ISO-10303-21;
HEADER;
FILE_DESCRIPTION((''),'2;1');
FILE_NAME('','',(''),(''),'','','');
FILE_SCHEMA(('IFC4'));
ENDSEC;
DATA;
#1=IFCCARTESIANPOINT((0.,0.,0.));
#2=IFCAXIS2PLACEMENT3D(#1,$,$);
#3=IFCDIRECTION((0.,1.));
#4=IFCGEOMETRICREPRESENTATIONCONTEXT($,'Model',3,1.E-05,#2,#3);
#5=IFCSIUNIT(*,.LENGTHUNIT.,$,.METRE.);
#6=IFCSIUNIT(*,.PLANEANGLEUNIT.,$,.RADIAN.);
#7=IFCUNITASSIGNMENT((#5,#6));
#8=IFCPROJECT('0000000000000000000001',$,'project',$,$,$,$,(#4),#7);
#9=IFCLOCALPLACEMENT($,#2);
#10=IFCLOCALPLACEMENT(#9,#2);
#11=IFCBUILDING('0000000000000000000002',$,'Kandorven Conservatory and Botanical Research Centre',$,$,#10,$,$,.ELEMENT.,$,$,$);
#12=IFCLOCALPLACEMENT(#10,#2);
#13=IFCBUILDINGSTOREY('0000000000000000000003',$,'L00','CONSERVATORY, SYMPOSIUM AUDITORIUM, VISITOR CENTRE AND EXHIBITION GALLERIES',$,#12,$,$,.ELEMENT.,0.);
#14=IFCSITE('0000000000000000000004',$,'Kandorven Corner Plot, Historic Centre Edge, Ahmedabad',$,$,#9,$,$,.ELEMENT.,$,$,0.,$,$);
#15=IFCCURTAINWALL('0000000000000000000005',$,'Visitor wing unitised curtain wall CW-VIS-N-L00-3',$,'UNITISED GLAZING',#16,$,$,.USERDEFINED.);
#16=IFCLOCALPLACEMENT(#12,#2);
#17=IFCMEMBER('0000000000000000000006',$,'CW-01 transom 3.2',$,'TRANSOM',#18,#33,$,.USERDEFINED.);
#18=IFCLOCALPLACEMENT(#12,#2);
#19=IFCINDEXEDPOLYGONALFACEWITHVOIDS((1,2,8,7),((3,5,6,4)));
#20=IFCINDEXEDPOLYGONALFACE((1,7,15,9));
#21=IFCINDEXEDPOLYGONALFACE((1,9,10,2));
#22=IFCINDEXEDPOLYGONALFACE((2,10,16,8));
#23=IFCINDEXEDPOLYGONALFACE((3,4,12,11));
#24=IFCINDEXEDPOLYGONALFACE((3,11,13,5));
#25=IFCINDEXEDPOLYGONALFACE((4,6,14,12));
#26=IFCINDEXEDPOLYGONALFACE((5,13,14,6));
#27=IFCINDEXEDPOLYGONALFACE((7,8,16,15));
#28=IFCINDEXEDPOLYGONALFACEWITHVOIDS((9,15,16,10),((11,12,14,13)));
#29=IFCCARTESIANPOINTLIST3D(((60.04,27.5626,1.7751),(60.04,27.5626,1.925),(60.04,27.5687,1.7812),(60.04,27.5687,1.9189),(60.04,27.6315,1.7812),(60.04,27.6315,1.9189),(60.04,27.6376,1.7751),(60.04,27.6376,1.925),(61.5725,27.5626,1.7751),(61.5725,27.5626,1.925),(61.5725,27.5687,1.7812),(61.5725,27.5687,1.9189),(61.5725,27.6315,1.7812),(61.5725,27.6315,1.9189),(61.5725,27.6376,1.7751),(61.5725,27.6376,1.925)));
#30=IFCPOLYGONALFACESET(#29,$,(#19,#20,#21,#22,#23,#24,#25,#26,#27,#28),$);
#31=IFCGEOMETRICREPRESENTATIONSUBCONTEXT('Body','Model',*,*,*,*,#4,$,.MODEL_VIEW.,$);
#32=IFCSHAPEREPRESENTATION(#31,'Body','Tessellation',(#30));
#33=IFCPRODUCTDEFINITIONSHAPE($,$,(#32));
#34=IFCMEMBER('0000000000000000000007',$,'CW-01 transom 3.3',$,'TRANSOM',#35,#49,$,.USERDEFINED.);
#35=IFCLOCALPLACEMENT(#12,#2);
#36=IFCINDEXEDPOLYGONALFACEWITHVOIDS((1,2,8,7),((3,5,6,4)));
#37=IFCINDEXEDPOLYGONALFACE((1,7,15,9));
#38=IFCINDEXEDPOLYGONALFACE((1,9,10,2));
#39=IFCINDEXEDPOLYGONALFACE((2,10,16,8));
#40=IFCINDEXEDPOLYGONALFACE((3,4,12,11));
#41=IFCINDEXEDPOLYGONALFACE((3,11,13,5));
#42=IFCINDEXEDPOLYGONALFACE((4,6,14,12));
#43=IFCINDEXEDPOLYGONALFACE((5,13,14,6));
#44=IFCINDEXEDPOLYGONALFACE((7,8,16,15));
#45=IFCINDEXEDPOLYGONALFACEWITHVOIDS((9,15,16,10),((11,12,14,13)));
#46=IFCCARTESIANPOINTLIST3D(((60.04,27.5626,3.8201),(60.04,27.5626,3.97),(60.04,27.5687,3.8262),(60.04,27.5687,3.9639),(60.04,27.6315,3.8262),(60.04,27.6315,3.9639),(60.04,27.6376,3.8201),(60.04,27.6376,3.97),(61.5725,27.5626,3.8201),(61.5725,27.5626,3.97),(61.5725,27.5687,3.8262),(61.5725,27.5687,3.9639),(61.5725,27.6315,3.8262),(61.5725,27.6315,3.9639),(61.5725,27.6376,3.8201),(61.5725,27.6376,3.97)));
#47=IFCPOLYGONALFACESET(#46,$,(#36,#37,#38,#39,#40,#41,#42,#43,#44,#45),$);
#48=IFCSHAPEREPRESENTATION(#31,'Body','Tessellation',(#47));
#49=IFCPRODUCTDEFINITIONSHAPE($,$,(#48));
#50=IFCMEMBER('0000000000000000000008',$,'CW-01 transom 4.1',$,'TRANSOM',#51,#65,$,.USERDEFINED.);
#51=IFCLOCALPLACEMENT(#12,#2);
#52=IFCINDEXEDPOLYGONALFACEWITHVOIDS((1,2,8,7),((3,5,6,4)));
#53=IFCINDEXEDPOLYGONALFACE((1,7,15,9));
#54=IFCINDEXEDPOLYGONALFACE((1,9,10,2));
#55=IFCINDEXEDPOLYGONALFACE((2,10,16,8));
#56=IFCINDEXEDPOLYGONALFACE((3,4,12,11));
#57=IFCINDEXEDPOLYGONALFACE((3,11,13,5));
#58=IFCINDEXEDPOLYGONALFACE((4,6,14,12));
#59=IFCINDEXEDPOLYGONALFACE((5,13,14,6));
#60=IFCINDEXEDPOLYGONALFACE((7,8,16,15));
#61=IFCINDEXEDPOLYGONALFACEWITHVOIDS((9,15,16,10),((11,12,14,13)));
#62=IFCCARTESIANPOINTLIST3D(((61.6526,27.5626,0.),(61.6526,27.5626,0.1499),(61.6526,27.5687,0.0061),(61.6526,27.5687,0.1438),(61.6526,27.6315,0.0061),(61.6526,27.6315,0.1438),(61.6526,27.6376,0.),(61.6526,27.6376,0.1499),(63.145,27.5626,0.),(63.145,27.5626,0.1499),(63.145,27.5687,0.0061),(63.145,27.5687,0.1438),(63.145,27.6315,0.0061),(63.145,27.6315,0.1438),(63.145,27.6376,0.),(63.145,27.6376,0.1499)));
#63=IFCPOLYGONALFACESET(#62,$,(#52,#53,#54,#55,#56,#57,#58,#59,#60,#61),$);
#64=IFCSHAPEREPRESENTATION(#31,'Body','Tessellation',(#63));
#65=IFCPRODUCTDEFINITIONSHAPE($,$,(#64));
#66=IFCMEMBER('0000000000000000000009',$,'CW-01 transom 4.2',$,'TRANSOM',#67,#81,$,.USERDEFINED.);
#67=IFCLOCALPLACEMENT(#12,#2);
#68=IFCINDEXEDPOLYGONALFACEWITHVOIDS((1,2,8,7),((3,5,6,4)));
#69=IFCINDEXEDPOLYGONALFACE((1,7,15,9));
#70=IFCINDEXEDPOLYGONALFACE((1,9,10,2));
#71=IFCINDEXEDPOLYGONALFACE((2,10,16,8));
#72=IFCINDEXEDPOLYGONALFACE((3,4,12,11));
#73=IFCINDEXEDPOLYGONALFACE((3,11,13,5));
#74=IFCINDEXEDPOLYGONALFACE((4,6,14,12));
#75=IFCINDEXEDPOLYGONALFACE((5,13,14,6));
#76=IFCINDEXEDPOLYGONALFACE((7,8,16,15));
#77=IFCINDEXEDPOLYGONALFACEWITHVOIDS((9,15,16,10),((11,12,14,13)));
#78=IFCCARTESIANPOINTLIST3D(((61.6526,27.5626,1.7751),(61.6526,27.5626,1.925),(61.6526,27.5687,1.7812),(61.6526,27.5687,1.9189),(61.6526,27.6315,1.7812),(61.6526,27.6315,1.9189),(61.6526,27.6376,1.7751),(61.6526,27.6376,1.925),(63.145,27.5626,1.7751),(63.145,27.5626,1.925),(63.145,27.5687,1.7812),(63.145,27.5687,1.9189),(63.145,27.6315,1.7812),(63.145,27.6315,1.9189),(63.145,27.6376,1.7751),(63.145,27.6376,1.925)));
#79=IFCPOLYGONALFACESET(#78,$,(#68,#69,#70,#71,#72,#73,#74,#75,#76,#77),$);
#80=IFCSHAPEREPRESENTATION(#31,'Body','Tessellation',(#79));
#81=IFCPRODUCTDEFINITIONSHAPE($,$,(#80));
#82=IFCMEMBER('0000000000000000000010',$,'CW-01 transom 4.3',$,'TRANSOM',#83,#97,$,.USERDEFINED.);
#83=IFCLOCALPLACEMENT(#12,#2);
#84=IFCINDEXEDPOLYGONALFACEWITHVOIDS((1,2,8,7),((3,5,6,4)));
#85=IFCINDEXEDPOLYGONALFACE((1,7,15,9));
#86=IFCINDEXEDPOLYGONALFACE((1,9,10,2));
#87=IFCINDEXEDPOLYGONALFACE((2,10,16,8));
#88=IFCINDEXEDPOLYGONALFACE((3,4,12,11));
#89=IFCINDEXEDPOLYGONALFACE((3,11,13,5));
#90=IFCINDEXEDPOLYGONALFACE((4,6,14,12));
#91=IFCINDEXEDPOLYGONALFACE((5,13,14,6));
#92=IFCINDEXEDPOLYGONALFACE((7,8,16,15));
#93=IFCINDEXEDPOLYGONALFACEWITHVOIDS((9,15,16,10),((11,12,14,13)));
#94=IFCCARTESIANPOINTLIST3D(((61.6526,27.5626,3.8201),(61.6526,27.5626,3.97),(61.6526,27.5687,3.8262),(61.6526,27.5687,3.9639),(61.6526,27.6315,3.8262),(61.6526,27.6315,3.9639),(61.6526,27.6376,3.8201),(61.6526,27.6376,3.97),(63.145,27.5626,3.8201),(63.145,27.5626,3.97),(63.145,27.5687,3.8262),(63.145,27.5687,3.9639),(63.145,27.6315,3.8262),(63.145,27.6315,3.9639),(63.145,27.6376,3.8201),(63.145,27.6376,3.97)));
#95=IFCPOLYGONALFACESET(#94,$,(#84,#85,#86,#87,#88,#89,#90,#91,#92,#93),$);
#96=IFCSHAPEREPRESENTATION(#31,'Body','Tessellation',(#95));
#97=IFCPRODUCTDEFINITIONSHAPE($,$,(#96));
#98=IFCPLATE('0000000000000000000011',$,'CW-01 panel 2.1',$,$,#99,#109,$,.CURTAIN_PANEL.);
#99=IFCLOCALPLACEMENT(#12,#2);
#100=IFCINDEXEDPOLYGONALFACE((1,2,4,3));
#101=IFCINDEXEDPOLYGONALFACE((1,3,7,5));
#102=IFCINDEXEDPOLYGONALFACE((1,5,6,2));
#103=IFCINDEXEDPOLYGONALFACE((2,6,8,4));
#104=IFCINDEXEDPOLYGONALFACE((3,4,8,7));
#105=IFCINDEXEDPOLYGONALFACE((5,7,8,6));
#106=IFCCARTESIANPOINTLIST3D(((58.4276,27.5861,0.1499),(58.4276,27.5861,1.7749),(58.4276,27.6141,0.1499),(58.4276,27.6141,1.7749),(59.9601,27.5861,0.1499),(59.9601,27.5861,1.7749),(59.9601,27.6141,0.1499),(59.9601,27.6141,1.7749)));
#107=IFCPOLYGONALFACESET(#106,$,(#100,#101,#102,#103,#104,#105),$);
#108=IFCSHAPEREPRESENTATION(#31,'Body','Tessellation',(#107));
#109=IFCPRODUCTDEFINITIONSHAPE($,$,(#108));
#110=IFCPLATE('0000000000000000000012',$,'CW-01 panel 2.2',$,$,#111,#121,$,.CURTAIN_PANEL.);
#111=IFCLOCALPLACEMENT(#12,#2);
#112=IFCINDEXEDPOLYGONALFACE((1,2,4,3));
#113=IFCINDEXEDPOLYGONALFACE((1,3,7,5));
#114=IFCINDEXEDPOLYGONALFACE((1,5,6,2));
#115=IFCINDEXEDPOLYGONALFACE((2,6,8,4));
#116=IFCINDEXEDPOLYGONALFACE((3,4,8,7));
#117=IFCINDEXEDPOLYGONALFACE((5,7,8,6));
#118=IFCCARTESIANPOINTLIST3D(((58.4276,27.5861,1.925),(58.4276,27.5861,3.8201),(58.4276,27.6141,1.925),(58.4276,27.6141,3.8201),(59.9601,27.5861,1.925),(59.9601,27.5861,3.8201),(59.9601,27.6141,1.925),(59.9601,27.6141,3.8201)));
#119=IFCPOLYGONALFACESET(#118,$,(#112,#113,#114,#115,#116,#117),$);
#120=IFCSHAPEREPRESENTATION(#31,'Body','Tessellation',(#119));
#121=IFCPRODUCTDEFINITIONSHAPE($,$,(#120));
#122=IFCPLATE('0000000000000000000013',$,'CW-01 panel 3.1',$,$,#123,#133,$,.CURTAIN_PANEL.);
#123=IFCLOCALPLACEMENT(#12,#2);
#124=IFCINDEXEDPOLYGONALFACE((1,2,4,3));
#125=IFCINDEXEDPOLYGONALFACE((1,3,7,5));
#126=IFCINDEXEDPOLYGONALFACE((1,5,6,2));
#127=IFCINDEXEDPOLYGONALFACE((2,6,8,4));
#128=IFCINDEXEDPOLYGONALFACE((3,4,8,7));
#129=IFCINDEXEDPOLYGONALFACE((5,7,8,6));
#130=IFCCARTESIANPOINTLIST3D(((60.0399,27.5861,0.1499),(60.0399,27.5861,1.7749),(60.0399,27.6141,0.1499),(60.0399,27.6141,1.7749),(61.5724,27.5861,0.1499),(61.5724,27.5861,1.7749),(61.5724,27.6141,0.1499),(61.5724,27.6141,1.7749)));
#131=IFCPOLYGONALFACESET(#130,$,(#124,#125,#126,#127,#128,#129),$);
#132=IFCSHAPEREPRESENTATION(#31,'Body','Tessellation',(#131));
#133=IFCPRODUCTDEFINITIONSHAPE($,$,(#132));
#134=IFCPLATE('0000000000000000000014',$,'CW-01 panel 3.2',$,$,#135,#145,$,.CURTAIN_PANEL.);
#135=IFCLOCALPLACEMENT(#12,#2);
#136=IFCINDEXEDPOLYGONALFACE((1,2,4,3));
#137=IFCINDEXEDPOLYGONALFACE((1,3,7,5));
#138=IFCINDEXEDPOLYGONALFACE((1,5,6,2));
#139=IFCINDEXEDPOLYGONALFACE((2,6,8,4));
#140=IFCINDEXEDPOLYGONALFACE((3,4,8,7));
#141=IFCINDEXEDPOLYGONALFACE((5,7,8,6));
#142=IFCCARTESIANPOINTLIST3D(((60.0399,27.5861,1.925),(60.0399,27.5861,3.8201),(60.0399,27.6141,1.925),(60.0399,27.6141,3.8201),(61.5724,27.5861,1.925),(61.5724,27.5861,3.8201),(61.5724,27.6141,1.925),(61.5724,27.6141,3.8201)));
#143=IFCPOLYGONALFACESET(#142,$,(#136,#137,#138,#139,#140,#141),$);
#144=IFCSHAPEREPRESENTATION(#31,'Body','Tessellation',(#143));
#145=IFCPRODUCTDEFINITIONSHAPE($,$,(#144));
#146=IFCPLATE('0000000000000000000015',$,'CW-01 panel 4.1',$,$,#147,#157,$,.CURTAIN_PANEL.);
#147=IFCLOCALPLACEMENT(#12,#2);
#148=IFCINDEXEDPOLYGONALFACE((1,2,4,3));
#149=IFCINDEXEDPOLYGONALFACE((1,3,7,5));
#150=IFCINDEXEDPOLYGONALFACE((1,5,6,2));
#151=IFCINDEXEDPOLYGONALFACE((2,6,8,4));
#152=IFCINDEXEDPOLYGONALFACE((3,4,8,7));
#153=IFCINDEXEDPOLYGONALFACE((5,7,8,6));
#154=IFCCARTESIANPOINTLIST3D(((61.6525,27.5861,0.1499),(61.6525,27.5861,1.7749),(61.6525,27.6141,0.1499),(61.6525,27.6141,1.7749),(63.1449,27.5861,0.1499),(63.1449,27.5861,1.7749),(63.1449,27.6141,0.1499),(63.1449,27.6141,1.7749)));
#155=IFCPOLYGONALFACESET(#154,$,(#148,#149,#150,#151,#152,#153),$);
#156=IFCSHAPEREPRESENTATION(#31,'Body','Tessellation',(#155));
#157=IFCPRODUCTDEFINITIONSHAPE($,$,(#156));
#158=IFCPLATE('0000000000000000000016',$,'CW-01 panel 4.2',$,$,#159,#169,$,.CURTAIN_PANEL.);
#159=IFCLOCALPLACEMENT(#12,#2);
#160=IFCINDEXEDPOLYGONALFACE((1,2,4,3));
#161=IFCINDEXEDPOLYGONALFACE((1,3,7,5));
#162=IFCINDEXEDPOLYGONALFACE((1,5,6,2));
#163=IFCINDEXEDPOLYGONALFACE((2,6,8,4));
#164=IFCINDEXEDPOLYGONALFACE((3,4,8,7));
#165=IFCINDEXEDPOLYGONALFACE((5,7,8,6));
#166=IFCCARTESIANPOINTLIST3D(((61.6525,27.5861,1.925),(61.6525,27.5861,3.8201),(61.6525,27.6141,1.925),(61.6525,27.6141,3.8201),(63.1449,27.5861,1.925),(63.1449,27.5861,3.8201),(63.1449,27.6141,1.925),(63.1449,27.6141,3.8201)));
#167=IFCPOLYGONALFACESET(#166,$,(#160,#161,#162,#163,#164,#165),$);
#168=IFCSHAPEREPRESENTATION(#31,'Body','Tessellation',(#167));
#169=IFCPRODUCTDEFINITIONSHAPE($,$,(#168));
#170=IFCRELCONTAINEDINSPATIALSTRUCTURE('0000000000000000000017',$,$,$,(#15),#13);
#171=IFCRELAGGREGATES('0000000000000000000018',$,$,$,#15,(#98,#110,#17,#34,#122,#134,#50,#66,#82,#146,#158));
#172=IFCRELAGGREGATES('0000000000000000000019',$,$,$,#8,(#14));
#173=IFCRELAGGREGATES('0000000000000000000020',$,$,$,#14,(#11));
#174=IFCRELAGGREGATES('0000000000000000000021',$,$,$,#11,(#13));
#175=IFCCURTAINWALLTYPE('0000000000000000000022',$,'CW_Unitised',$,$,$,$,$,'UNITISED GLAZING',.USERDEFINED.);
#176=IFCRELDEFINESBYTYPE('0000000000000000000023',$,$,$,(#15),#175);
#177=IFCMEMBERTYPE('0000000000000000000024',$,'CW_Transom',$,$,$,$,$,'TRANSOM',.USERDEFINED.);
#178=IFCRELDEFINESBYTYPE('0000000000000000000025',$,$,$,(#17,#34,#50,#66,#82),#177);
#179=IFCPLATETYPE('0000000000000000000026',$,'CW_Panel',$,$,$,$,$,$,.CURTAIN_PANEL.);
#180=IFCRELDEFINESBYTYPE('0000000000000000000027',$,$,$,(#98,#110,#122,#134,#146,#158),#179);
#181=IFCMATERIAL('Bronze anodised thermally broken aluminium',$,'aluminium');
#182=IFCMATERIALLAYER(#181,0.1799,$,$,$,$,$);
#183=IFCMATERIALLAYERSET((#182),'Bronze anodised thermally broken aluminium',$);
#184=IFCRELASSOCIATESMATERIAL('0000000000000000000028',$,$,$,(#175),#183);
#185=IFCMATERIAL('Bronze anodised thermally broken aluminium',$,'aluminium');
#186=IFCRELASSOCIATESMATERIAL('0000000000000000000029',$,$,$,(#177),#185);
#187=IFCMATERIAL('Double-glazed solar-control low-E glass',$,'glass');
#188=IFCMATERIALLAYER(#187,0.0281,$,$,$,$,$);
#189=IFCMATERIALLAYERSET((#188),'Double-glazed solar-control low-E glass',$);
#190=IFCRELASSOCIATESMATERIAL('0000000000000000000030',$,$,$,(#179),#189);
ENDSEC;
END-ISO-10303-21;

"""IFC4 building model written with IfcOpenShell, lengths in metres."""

from ifc_helpers import new_model, si_unit, direction, frame, origin, origin_2d, place, context, subcontext, project, spatial, rectangle, hollow_rectangle, extrude, material, layer, layer_set, material_profile, profile_set, type_object, element, aggregate, save


model = new_model("IFC4")

# Units and contexts
model_context = context("Model", 3, precision=1e-05, world=origin(), true_north=direction((0.0, 1.0)))
body_context = subcontext(model_context, "Body", "Model", "MODEL_VIEW")
ifc_project = project(units=[si_unit("LENGTHUNIT", "METRE"), si_unit("PLANEANGLEUNIT", "RADIAN")], contexts=[model_context])

# Site, building, storey
site_placement = place(None, origin())
site = spatial("IfcSite", under=ifc_project, at=site_placement, Name="Kandorven Corner Plot, Historic Centre Edge, Ahmedabad", CompositionType="ELEMENT", RefElevation=0.0)
building_placement = place(site_placement, origin())
building = spatial("IfcBuilding", under=site, at=building_placement, Name="Kandorven Conservatory and Botanical Research Centre", CompositionType="ELEMENT")
storey_placement = place(building_placement, origin())
storey = spatial("IfcBuildingStorey", under=building, at=storey_placement, Name="L00", Description="CONSERVATORY, SYMPOSIUM AUDITORIUM, VISITOR CENTRE AND EXHIBITION GALLERIES", CompositionType="ELEMENT", Elevation=0.0)

# Curtain wall, members, plates
ifc_material_1 = material(Name="Bronze anodised thermally broken aluminium", Category="aluminium")
ifc_layer_1 = layer(ifc_material_1, 0.1799)
ifc_layer_set_1 = layer_set([ifc_layer_1], Name="Bronze anodised thermally broken aluminium")
curtain_wall_type = type_object("IfcCurtainWallType", Name="CW_Unitised", ElementType="UNITISED GLAZING", PredefinedType="USERDEFINED", material=ifc_layer_set_1)
curtain_wall_placement = place(storey_placement, origin())
curtain_wall = element("IfcCurtainWall", 1, at=curtain_wall_placement, inside=storey, type_object=curtain_wall_type, Name="Visitor wing unitised curtain wall CW-VIS-N-L00-3", ObjectType="UNITISED GLAZING", PredefinedType="USERDEFINED")
ifc_material_2 = material(Name="Bronze anodised thermally broken aluminium", Category="aluminium")
ifc_material_profile_1 = material_profile(ifc_material_2, hollow_rectangle(XDim=0.075, YDim=0.1499, WallThickness=0.0061, at=origin_2d()))
ifc_profile_set_1 = profile_set([ifc_material_profile_1], Name="Bronze anodised thermally broken aluminium")
member_type_1 = type_object("IfcMemberType", Name="CW_Transom", ElementType="TRANSOM", PredefinedType="USERDEFINED", material=ifc_profile_set_1)
member_1_placement = place(storey_placement, frame((60.04, 27.6001, 1.8501), z_axis=(1.0, 0.0, 0.0), x_axis=(0.0, 1.0, 0.0)))
member_1 = element("IfcMember", 2, at=member_1_placement, type_object=member_type_1, Name="CW-01 transom 3.2", ObjectType="TRANSOM", PredefinedType="USERDEFINED", context=body_context, shape_type="SweptSolid", body=[
    extrude(hollow_rectangle(XDim=0.075, YDim=0.1499, WallThickness=0.0061, at=origin_2d()), origin(), (0.0, 0.0, 1.0), 1.5325),
])
member_2_placement = place(storey_placement, frame((60.04, 27.6001, 3.895), z_axis=(1.0, 0.0, 0.0), x_axis=(0.0, 1.0, 0.0)))
member_2 = element("IfcMember", 3, at=member_2_placement, type_object=member_type_1, Name="CW-01 transom 3.3", ObjectType="TRANSOM", PredefinedType="USERDEFINED", context=body_context, shape_type="SweptSolid", body=[
    extrude(hollow_rectangle(XDim=0.075, YDim=0.1499, WallThickness=0.0061, at=origin_2d()), origin(), (0.0, 0.0, 1.0), 1.5325),
])
member_3_placement = place(storey_placement, frame((61.6526, 27.6001, 0.075), z_axis=(1.0, 0.0, 0.0), x_axis=(0.0, 1.0, 0.0)))
member_3 = element("IfcMember", 4, at=member_3_placement, type_object=member_type_1, Name="CW-01 transom 4.1", ObjectType="TRANSOM", PredefinedType="USERDEFINED", context=body_context, shape_type="SweptSolid", body=[
    extrude(hollow_rectangle(XDim=0.075, YDim=0.1499, WallThickness=0.0061, at=origin_2d()), origin(), (0.0, 0.0, 1.0), 1.4924),
])
member_4_placement = place(storey_placement, frame((61.6526, 27.6001, 1.8501), z_axis=(1.0, 0.0, 0.0), x_axis=(0.0, 1.0, 0.0)))
member_4 = element("IfcMember", 5, at=member_4_placement, type_object=member_type_1, Name="CW-01 transom 4.2", ObjectType="TRANSOM", PredefinedType="USERDEFINED", context=body_context, shape_type="SweptSolid", body=[
    extrude(hollow_rectangle(XDim=0.075, YDim=0.1499, WallThickness=0.0061, at=origin_2d()), origin(), (0.0, 0.0, 1.0), 1.4924),
])
member_5_placement = place(storey_placement, frame((61.6526, 27.6001, 3.895), z_axis=(1.0, 0.0, 0.0), x_axis=(0.0, 1.0, 0.0)))
member_5 = element("IfcMember", 6, at=member_5_placement, type_object=member_type_1, Name="CW-01 transom 4.3", ObjectType="TRANSOM", PredefinedType="USERDEFINED", context=body_context, shape_type="SweptSolid", body=[
    extrude(hollow_rectangle(XDim=0.075, YDim=0.1499, WallThickness=0.0061, at=origin_2d()), origin(), (0.0, 0.0, 1.0), 1.4924),
])
ifc_material_3 = material(Name="Double-glazed solar-control low-E glass", Category="glass")
ifc_layer_2 = layer(ifc_material_3, 0.0281)
ifc_layer_set_2 = layer_set([ifc_layer_2], Name="Double-glazed solar-control low-E glass")
plate_type = type_object("IfcPlateType", Name="CW_Panel", PredefinedType="CURTAIN_PANEL", material=ifc_layer_set_2)
plate_1_placement = place(storey_placement, frame((59.1938, 27.6001, 0.1499), z_axis=(0.0, 0.0, 1.0), x_axis=(1.0, 0.0, 0.0)))
plate_1 = element("IfcPlate", 7, at=plate_1_placement, type_object=plate_type, Name="CW-01 panel 2.1", PredefinedType="CURTAIN_PANEL", context=body_context, shape_type="SweptSolid", body=[
    extrude(rectangle(XDim=1.5325, YDim=0.0281, at=origin_2d()), origin(), (0.0, 0.0, 1.0), 1.625),
])
plate_2_placement = place(storey_placement, frame((59.1938, 27.6001, 1.925), z_axis=(0.0, 0.0, 1.0), x_axis=(1.0, 0.0, 0.0)))
plate_2 = element("IfcPlate", 8, at=plate_2_placement, type_object=plate_type, Name="CW-01 panel 2.2", PredefinedType="CURTAIN_PANEL", context=body_context, shape_type="SweptSolid", body=[
    extrude(rectangle(XDim=1.5325, YDim=0.0281, at=origin_2d()), origin(), (0.0, 0.0, 1.0), 1.895),
])
plate_3_placement = place(storey_placement, frame((60.8062, 27.6001, 0.1499), z_axis=(0.0, 0.0, 1.0), x_axis=(1.0, 0.0, 0.0)))
plate_3 = element("IfcPlate", 9, at=plate_3_placement, type_object=plate_type, Name="CW-01 panel 3.1", PredefinedType="CURTAIN_PANEL", context=body_context, shape_type="SweptSolid", body=[
    extrude(rectangle(XDim=1.5325, YDim=0.0281, at=origin_2d()), origin(), (0.0, 0.0, 1.0), 1.625),
])
plate_4_placement = place(storey_placement, frame((60.8062, 27.6001, 1.925), z_axis=(0.0, 0.0, 1.0), x_axis=(1.0, 0.0, 0.0)))
plate_4 = element("IfcPlate", 10, at=plate_4_placement, type_object=plate_type, Name="CW-01 panel 3.2", PredefinedType="CURTAIN_PANEL", context=body_context, shape_type="SweptSolid", body=[
    extrude(rectangle(XDim=1.5325, YDim=0.0281, at=origin_2d()), origin(), (0.0, 0.0, 1.0), 1.895),
])
plate_5_placement = place(storey_placement, frame((62.3987, 27.6001, 0.1499), z_axis=(0.0, 0.0, 1.0), x_axis=(1.0, 0.0, 0.0)))
plate_5 = element("IfcPlate", 11, at=plate_5_placement, type_object=plate_type, Name="CW-01 panel 4.1", PredefinedType="CURTAIN_PANEL", context=body_context, shape_type="SweptSolid", body=[
    extrude(rectangle(XDim=1.4924, YDim=0.0281, at=origin_2d()), origin(), (0.0, 0.0, 1.0), 1.625),
])
plate_6_placement = place(storey_placement, frame((62.3987, 27.6001, 1.925), z_axis=(0.0, 0.0, 1.0), x_axis=(1.0, 0.0, 0.0)))
plate_6 = element("IfcPlate", 12, at=plate_6_placement, type_object=plate_type, Name="CW-01 panel 4.2", PredefinedType="CURTAIN_PANEL", context=body_context, shape_type="SweptSolid", body=[
    extrude(rectangle(XDim=1.4924, YDim=0.0281, at=origin_2d()), origin(), (0.0, 0.0, 1.0), 1.895),
])
aggregate(curtain_wall, [plate_1, plate_2, member_1, member_2, plate_3, plate_4, member_3, member_4, member_5, plate_5, plate_6])

save(model, "model.ifc")
